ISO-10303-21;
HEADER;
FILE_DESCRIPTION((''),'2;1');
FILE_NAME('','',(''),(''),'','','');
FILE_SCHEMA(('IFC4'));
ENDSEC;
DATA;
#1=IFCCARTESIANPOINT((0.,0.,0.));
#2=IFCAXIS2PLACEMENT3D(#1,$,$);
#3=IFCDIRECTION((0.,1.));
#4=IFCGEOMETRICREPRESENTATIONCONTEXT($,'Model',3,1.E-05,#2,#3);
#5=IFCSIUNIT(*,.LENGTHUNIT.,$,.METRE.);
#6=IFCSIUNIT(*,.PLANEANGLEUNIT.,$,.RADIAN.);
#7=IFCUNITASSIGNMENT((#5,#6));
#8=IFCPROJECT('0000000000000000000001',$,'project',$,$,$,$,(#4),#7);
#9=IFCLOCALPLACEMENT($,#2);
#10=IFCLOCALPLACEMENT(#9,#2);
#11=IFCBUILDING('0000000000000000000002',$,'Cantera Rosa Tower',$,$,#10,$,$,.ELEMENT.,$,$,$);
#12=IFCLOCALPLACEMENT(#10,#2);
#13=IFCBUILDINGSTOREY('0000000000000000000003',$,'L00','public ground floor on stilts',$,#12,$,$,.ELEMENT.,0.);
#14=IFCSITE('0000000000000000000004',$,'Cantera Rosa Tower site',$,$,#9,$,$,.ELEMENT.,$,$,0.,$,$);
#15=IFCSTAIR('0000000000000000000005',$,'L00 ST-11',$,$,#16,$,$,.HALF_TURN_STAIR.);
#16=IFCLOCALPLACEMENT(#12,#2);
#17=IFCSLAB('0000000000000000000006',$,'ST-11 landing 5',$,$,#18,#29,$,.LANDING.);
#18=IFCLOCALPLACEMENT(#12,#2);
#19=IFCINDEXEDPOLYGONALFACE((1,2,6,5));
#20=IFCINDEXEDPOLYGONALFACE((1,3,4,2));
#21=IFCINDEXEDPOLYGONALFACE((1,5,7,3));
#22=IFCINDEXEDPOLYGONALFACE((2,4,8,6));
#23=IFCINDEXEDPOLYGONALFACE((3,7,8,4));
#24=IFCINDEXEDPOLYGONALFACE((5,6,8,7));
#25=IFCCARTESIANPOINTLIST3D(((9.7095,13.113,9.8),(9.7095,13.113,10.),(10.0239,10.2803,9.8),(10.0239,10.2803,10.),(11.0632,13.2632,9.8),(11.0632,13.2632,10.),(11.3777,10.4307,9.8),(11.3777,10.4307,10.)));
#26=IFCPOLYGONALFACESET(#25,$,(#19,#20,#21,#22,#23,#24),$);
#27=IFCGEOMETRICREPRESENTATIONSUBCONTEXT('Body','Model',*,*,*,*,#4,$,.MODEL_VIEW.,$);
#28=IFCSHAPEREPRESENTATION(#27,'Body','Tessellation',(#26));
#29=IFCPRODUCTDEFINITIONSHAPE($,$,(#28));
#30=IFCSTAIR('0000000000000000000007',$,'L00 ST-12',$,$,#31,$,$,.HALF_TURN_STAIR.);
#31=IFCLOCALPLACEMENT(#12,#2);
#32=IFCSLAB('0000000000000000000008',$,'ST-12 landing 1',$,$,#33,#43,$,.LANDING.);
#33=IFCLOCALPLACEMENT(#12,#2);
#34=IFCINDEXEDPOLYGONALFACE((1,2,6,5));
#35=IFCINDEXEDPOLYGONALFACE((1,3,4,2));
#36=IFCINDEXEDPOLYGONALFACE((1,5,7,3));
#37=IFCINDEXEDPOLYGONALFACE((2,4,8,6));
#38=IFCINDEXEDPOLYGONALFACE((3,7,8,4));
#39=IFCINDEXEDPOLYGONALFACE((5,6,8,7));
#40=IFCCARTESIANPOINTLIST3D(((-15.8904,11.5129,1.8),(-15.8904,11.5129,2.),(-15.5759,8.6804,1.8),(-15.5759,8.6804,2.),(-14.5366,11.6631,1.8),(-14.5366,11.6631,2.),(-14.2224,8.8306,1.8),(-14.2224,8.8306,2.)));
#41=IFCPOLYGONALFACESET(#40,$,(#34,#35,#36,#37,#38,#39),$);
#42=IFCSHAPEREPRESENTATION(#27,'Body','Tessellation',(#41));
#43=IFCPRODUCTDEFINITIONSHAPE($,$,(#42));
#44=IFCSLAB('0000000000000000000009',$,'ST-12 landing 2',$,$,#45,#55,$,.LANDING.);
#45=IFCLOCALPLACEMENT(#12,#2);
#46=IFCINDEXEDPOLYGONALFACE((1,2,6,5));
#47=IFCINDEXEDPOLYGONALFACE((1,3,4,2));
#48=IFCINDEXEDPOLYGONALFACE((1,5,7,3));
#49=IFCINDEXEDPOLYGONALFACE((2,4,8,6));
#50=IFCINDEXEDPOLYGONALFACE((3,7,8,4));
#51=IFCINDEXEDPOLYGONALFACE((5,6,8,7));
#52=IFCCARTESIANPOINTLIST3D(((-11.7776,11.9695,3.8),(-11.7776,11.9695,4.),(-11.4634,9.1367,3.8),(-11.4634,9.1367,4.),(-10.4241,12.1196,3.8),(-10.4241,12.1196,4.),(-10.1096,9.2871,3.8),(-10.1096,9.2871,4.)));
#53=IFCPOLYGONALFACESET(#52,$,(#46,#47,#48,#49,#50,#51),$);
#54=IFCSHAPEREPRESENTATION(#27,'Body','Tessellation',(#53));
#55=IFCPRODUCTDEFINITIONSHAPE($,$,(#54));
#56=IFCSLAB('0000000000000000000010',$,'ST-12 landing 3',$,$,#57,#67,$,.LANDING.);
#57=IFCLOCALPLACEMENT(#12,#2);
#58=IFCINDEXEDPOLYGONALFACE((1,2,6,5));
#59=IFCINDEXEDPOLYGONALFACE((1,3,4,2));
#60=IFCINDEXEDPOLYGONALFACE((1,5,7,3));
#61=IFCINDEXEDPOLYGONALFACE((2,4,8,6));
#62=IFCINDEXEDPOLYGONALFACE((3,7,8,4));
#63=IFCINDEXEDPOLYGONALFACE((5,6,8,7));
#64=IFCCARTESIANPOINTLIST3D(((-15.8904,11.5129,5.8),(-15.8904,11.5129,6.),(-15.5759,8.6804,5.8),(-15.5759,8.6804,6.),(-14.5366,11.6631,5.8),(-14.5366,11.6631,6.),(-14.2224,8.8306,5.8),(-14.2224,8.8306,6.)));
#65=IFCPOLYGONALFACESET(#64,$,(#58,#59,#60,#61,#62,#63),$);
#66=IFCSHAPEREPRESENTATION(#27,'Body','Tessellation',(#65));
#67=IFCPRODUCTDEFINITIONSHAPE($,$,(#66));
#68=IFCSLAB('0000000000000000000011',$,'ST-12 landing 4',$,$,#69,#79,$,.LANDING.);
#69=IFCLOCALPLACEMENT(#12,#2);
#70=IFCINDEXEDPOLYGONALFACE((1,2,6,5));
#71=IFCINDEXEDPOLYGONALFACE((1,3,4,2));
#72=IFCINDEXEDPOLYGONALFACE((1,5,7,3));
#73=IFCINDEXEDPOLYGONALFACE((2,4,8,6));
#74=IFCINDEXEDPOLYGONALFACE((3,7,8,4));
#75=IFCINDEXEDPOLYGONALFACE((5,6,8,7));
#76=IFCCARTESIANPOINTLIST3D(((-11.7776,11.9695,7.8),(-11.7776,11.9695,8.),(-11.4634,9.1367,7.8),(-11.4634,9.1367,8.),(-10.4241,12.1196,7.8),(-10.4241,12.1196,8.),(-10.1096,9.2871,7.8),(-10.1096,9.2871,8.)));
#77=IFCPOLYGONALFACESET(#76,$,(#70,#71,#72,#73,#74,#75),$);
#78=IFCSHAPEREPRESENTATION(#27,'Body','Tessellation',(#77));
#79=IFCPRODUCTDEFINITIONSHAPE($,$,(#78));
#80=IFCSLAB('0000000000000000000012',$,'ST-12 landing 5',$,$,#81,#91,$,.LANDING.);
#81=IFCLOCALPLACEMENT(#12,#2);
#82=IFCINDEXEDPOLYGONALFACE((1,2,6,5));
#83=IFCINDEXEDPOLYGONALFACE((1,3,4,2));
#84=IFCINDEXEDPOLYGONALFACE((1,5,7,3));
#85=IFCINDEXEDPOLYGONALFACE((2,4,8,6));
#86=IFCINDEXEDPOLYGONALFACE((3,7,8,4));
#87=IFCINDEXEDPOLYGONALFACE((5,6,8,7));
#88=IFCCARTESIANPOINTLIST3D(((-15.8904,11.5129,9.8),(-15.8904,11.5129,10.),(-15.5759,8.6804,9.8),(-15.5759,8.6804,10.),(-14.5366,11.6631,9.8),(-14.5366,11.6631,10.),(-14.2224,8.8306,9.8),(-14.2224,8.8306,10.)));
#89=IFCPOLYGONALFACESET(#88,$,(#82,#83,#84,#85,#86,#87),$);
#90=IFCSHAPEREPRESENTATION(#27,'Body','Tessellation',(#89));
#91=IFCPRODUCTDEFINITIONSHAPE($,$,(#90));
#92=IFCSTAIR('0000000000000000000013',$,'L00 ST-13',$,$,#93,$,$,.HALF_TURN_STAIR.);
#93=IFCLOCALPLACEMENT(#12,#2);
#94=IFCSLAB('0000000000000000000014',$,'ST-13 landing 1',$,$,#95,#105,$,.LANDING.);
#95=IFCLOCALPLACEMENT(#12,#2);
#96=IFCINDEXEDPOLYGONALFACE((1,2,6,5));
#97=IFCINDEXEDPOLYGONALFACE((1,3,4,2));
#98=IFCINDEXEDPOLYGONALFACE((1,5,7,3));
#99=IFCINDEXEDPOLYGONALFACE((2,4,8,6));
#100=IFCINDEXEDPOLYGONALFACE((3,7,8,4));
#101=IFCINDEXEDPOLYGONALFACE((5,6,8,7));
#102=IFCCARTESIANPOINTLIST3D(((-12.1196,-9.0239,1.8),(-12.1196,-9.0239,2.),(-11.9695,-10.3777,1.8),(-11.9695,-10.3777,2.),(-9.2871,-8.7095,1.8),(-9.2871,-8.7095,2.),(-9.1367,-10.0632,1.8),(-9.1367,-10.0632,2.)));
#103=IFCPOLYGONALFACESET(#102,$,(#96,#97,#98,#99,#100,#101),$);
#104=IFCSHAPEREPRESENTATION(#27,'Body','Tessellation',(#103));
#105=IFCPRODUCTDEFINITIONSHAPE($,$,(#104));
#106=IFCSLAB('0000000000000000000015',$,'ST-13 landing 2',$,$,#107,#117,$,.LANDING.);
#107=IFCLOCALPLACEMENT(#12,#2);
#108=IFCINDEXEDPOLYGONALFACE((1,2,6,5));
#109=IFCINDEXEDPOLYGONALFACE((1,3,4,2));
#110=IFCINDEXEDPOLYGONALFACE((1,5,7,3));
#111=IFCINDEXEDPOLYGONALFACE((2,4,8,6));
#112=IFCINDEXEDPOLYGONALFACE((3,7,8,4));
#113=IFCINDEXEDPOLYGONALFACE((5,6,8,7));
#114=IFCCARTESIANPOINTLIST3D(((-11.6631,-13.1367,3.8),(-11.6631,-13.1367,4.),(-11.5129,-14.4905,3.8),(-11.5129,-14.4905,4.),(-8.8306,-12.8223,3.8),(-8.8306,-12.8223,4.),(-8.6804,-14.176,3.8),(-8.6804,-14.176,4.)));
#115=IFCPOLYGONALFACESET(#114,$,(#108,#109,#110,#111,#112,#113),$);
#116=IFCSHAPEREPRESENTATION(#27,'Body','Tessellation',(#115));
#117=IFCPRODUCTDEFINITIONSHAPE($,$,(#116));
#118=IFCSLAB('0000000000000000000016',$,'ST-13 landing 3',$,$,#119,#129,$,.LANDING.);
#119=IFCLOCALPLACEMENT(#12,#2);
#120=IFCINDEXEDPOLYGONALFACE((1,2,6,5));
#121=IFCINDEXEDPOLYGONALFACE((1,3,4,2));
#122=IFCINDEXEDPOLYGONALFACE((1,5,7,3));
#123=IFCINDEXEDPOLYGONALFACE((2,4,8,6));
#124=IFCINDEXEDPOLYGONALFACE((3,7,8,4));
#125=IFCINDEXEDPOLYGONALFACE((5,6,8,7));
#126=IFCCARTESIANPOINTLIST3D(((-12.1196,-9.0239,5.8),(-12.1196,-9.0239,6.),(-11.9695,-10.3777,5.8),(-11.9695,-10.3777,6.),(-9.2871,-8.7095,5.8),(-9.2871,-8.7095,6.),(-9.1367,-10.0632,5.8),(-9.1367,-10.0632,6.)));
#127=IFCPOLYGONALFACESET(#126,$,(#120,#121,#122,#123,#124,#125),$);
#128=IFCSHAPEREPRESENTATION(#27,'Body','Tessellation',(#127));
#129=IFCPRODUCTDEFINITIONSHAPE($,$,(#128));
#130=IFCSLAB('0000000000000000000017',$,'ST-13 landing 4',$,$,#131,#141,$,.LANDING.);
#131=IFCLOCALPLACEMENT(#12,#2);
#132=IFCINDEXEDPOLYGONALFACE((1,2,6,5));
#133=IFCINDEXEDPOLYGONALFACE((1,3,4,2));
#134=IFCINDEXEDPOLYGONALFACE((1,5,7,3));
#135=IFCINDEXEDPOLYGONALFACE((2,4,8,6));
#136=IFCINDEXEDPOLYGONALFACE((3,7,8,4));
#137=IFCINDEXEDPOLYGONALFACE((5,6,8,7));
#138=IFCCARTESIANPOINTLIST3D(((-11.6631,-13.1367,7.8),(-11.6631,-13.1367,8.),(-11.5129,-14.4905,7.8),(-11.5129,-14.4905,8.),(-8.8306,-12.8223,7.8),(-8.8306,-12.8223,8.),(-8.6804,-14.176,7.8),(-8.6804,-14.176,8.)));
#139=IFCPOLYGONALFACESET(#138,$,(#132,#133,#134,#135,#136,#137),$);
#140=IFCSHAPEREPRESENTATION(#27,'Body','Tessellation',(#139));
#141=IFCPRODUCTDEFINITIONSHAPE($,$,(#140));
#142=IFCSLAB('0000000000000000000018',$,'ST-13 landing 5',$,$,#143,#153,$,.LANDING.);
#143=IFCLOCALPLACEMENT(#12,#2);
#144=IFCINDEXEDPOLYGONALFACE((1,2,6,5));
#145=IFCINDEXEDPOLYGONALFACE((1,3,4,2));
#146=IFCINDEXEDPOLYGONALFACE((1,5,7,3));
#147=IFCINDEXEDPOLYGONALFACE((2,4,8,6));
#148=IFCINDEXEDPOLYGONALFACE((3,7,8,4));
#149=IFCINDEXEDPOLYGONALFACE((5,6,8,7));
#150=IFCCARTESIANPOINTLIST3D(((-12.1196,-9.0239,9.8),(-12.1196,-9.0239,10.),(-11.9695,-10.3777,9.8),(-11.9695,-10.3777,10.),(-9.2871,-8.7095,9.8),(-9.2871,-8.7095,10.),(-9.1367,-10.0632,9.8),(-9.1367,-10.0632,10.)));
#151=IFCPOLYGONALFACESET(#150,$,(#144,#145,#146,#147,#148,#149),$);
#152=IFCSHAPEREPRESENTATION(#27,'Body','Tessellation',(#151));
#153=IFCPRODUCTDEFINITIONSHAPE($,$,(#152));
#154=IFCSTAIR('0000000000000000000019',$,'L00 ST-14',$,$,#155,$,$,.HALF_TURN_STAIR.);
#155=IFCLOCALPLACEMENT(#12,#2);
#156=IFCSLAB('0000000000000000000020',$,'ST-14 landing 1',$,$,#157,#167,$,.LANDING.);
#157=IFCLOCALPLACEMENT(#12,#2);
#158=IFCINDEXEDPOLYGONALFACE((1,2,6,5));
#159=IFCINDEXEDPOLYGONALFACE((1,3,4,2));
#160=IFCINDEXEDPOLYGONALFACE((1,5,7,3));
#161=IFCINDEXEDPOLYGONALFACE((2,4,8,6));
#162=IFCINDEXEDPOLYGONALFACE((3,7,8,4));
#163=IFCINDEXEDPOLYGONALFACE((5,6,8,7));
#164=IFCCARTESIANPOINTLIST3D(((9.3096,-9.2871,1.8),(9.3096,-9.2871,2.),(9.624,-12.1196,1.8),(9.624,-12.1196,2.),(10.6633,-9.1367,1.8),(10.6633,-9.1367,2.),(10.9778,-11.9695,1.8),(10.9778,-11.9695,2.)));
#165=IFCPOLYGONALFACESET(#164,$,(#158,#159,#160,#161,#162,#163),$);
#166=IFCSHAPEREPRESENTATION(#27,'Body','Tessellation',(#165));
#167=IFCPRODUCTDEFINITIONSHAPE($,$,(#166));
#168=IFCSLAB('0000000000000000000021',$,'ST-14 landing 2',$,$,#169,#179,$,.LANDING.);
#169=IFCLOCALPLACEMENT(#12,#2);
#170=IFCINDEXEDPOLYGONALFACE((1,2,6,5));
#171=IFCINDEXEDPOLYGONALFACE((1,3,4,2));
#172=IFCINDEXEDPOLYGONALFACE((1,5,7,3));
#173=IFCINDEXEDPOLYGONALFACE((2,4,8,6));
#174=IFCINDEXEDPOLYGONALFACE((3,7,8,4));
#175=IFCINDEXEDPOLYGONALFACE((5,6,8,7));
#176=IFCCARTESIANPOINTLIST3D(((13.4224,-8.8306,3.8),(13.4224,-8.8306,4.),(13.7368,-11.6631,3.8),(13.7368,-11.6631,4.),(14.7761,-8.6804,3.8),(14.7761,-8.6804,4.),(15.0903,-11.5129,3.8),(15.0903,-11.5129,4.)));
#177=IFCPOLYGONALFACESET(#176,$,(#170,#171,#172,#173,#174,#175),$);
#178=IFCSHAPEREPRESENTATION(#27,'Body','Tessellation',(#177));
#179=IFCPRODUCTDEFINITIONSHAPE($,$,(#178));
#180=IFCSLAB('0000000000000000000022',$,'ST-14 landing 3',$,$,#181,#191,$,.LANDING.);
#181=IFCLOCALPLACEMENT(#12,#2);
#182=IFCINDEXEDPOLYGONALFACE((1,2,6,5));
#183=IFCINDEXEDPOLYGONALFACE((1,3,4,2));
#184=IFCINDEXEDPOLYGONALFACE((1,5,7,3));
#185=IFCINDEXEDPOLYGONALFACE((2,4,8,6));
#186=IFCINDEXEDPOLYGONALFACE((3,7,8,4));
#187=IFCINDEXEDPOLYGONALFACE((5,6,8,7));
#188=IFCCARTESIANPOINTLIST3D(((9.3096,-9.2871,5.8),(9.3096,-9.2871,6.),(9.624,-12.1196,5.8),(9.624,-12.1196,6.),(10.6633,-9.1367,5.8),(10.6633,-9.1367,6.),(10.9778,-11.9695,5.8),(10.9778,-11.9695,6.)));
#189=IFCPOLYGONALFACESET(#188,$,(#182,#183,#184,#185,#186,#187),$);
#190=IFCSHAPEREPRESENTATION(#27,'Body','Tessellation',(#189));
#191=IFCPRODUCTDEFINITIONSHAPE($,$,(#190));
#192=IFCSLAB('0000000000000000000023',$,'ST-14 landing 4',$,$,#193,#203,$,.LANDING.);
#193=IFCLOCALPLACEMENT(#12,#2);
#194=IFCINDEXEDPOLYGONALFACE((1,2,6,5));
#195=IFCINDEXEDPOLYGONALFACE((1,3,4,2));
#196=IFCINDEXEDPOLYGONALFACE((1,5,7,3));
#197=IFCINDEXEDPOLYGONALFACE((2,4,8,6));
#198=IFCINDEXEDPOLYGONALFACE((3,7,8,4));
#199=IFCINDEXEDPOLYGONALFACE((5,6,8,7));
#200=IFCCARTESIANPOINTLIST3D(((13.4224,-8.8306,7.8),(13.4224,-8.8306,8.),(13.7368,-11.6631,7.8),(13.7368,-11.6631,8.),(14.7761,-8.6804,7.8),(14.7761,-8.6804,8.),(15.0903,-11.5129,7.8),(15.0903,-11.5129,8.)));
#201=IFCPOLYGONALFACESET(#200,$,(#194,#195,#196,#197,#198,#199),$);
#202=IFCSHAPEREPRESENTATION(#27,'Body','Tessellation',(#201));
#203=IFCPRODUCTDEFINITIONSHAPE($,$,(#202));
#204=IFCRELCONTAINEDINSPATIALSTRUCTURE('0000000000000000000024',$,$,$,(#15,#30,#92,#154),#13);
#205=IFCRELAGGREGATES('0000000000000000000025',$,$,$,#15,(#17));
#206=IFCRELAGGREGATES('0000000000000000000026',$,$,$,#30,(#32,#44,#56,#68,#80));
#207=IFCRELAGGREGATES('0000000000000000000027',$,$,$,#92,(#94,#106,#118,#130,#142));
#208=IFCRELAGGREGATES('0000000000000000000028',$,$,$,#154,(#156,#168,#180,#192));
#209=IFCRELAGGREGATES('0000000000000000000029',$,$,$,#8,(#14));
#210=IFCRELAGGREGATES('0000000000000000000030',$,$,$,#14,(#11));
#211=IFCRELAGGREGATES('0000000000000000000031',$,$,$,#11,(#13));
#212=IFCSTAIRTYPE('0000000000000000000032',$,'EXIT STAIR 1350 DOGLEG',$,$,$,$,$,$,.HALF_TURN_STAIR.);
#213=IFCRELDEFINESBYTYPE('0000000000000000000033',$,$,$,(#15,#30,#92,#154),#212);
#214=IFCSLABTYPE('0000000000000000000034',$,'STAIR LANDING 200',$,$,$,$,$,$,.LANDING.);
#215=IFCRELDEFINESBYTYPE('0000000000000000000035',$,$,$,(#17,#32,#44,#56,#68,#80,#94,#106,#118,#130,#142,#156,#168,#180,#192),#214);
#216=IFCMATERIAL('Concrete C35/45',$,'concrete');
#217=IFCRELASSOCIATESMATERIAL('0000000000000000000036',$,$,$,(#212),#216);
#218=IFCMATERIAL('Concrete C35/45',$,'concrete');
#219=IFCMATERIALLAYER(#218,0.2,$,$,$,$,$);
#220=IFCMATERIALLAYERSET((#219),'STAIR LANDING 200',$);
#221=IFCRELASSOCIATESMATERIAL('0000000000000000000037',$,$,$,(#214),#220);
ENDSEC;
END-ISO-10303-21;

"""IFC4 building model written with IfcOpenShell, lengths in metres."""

from ifc_helpers import new_model, si_unit, direction, frame, origin, place, context, subcontext, project, spatial, polyline, outline, extrude, material, layer, layer_set, type_object, element, aggregate, save


model = new_model("IFC4")

# Units and contexts
model_context = context("Model", 3, precision=1e-05, world=origin(), true_north=direction((0.0, 1.0)))
body_context = subcontext(model_context, "Body", "Model", "MODEL_VIEW")
ifc_project = project(units=[si_unit("LENGTHUNIT", "METRE"), si_unit("PLANEANGLEUNIT", "RADIAN")], contexts=[model_context])

# Site, building, storey
site_placement = place(None, origin())
site = spatial("IfcSite", under=ifc_project, at=site_placement, Name="Cantera Rosa Tower site", CompositionType="ELEMENT", RefElevation=0.0)
building_placement = place(site_placement, origin())
building = spatial("IfcBuilding", under=site, at=building_placement, Name="Cantera Rosa Tower", CompositionType="ELEMENT")
storey_placement = place(building_placement, origin())
storey = spatial("IfcBuildingStorey", under=building, at=storey_placement, Name="L00", Description="public ground floor on stilts", CompositionType="ELEMENT", Elevation=0.0)

# Stair, slab
ifc_material_1 = material(Name="Concrete C35/45", Category="concrete")
stair_type = type_object("IfcStairType", Name="EXIT STAIR 1350 DOGLEG", PredefinedType="HALF_TURN_STAIR", material=ifc_material_1)
stair_1_placement = place(storey_placement, origin())
stair_1 = element("IfcStair", 1, at=stair_1_placement, inside=storey, type_object=stair_type, Name="L00 ST-11", PredefinedType="HALF_TURN_STAIR")
ifc_material_2 = material(Name="Concrete C35/45", Category="concrete")
ifc_layer_1 = layer(ifc_material_2, 0.2)
ifc_layer_set_1 = layer_set([ifc_layer_1], Name="STAIR LANDING 200")
slab_type = type_object("IfcSlabType", Name="STAIR LANDING 200", PredefinedType="LANDING", material=ifc_layer_set_1)
slab_1_placement = place(storey_placement, frame((0.0, 0.0, 9.8)))
slab_1 = element("IfcSlab", 2, at=slab_1_placement, type_object=slab_type, Name="ST-11 landing 5", PredefinedType="LANDING", context=body_context, shape_type="SweptSolid", body=[
    extrude(outline(polyline([(11.0632, 13.2632), (9.7095, 13.113), (10.0239, 10.2803), (11.3777, 10.4307), (11.0632, 13.2632)])), origin(), (0.0, 0.0, 1.0), 0.2),
])
aggregate(stair_1, [slab_1])

# Stairs, slabs
stair_2_placement = place(storey_placement, origin())
stair_2 = element("IfcStair", 3, at=stair_2_placement, inside=storey, type_object=stair_type, Name="L00 ST-12", PredefinedType="HALF_TURN_STAIR")
slab_2_placement = place(storey_placement, frame((0.0, 0.0, 1.8)))
slab_2 = element("IfcSlab", 4, at=slab_2_placement, type_object=slab_type, Name="ST-12 landing 1", PredefinedType="LANDING", context=body_context, shape_type="SweptSolid", body=[
    extrude(outline(polyline([(-14.5366, 11.6631), (-15.8904, 11.5129), (-15.5759, 8.6804), (-14.2224, 8.8306), (-14.5366, 11.6631)])), origin(), (0.0, 0.0, 1.0), 0.2),
])
slab_3_placement = place(storey_placement, frame((0.0, 0.0, 3.8)))
slab_3 = element("IfcSlab", 5, at=slab_3_placement, type_object=slab_type, Name="ST-12 landing 2", PredefinedType="LANDING", context=body_context, shape_type="SweptSolid", body=[
    extrude(outline(polyline([(-10.4241, 12.1196), (-11.7776, 11.9695), (-11.4634, 9.1367), (-10.1096, 9.2871), (-10.4241, 12.1196)])), origin(), (0.0, 0.0, 1.0), 0.2),
])
slab_4_placement = place(storey_placement, frame((0.0, 0.0, 5.8)))
slab_4 = element("IfcSlab", 6, at=slab_4_placement, type_object=slab_type, Name="ST-12 landing 3", PredefinedType="LANDING", context=body_context, shape_type="SweptSolid", body=[
    extrude(outline(polyline([(-14.5366, 11.6631), (-15.8904, 11.5129), (-15.5759, 8.6804), (-14.2224, 8.8306), (-14.5366, 11.6631)])), origin(), (0.0, 0.0, 1.0), 0.2),
])
slab_5_placement = place(storey_placement, frame((0.0, 0.0, 7.8)))
slab_5 = element("IfcSlab", 7, at=slab_5_placement, type_object=slab_type, Name="ST-12 landing 4", PredefinedType="LANDING", context=body_context, shape_type="SweptSolid", body=[
    extrude(outline(polyline([(-10.4241, 12.1196), (-11.7776, 11.9695), (-11.4634, 9.1367), (-10.1096, 9.2871), (-10.4241, 12.1196)])), origin(), (0.0, 0.0, 1.0), 0.2),
])
slab_6_placement = place(storey_placement, frame((0.0, 0.0, 9.8)))
slab_6 = element("IfcSlab", 8, at=slab_6_placement, type_object=slab_type, Name="ST-12 landing 5", PredefinedType="LANDING", context=body_context, shape_type="SweptSolid", body=[
    extrude(outline(polyline([(-14.5366, 11.6631), (-15.8904, 11.5129), (-15.5759, 8.6804), (-14.2224, 8.8306), (-14.5366, 11.6631)])), origin(), (0.0, 0.0, 1.0), 0.2),
])
aggregate(stair_2, [slab_2, slab_3, slab_4, slab_5, slab_6])
stair_3_placement = place(storey_placement, origin())
stair_3 = element("IfcStair", 9, at=stair_3_placement, inside=storey, type_object=stair_type, Name="L00 ST-13", PredefinedType="HALF_TURN_STAIR")
slab_7_placement = place(storey_placement, frame((0.0, 0.0, 1.8)))
slab_7 = element("IfcSlab", 10, at=slab_7_placement, type_object=slab_type, Name="ST-13 landing 1", PredefinedType="LANDING", context=body_context, shape_type="SweptSolid", body=[
    extrude(outline(polyline([(-9.1367, -10.0632), (-9.2871, -8.7095), (-12.1196, -9.0239), (-11.9695, -10.3777), (-9.1367, -10.0632)])), origin(), (0.0, 0.0, 1.0), 0.2),
])
slab_8_placement = place(storey_placement, frame((0.0, 0.0, 3.8)))
slab_8 = element("IfcSlab", 11, at=slab_8_placement, type_object=slab_type, Name="ST-13 landing 2", PredefinedType="LANDING", context=body_context, shape_type="SweptSolid", body=[
    extrude(outline(polyline([(-8.6804, -14.176), (-8.8306, -12.8223), (-11.6631, -13.1367), (-11.5129, -14.4905), (-8.6804, -14.176)])), origin(), (0.0, 0.0, 1.0), 0.2),
])
slab_9_placement = place(storey_placement, frame((0.0, 0.0, 5.8)))
slab_9 = element("IfcSlab", 12, at=slab_9_placement, type_object=slab_type, Name="ST-13 landing 3", PredefinedType="LANDING", context=body_context, shape_type="SweptSolid", body=[
    extrude(outline(polyline([(-9.1367, -10.0632), (-9.2871, -8.7095), (-12.1196, -9.0239), (-11.9695, -10.3777), (-9.1367, -10.0632)])), origin(), (0.0, 0.0, 1.0), 0.2),
])
slab_10_placement = place(storey_placement, frame((0.0, 0.0, 7.8)))
slab_10 = element("IfcSlab", 13, at=slab_10_placement, type_object=slab_type, Name="ST-13 landing 4", PredefinedType="LANDING", context=body_context, shape_type="SweptSolid", body=[
    extrude(outline(polyline([(-8.6804, -14.176), (-8.8306, -12.8223), (-11.6631, -13.1367), (-11.5129, -14.4905), (-8.6804, -14.176)])), origin(), (0.0, 0.0, 1.0), 0.2),
])
slab_11_placement = place(storey_placement, frame((0.0, 0.0, 9.8)))
slab_11 = element("IfcSlab", 14, at=slab_11_placement, type_object=slab_type, Name="ST-13 landing 5", PredefinedType="LANDING", context=body_context, shape_type="SweptSolid", body=[
    extrude(outline(polyline([(-9.1367, -10.0632), (-9.2871, -8.7095), (-12.1196, -9.0239), (-11.9695, -10.3777), (-9.1367, -10.0632)])), origin(), (0.0, 0.0, 1.0), 0.2),
])
aggregate(stair_3, [slab_7, slab_8, slab_9, slab_10, slab_11])
stair_4_placement = place(storey_placement, origin())
stair_4 = element("IfcStair", 15, at=stair_4_placement, inside=storey, type_object=stair_type, Name="L00 ST-14", PredefinedType="HALF_TURN_STAIR")
slab_12_placement = place(storey_placement, frame((0.0, 0.0, 1.8)))
slab_12 = element("IfcSlab", 16, at=slab_12_placement, type_object=slab_type, Name="ST-14 landing 1", PredefinedType="LANDING", context=body_context, shape_type="SweptSolid", body=[
    extrude(outline(polyline([(10.6633, -9.1367), (9.3096, -9.2871), (9.624, -12.1196), (10.9778, -11.9695), (10.6633, -9.1367)])), origin(), (0.0, 0.0, 1.0), 0.2),
])
slab_13_placement = place(storey_placement, frame((0.0, 0.0, 3.8)))
slab_13 = element("IfcSlab", 17, at=slab_13_placement, type_object=slab_type, Name="ST-14 landing 2", PredefinedType="LANDING", context=body_context, shape_type="SweptSolid", body=[
    extrude(outline(polyline([(14.7761, -8.6804), (13.4224, -8.8306), (13.7368, -11.6631), (15.0903, -11.5129), (14.7761, -8.6804)])), origin(), (0.0, 0.0, 1.0), 0.2),
])
slab_14_placement = place(storey_placement, frame((0.0, 0.0, 5.8)))
slab_14 = element("IfcSlab", 18, at=slab_14_placement, type_object=slab_type, Name="ST-14 landing 3", PredefinedType="LANDING", context=body_context, shape_type="SweptSolid", body=[
    extrude(outline(polyline([(10.6633, -9.1367), (9.3096, -9.2871), (9.624, -12.1196), (10.9778, -11.9695), (10.6633, -9.1367)])), origin(), (0.0, 0.0, 1.0), 0.2),
])
slab_15_placement = place(storey_placement, frame((0.0, 0.0, 7.8)))
slab_15 = element("IfcSlab", 19, at=slab_15_placement, type_object=slab_type, Name="ST-14 landing 4", PredefinedType="LANDING", context=body_context, shape_type="SweptSolid", body=[
    extrude(outline(polyline([(14.7761, -8.6804), (13.4224, -8.8306), (13.7368, -11.6631), (15.0903, -11.5129), (14.7761, -8.6804)])), origin(), (0.0, 0.0, 1.0), 0.2),
])
aggregate(stair_4, [slab_12, slab_13, slab_14, slab_15])

save(model, "model.ifc")
